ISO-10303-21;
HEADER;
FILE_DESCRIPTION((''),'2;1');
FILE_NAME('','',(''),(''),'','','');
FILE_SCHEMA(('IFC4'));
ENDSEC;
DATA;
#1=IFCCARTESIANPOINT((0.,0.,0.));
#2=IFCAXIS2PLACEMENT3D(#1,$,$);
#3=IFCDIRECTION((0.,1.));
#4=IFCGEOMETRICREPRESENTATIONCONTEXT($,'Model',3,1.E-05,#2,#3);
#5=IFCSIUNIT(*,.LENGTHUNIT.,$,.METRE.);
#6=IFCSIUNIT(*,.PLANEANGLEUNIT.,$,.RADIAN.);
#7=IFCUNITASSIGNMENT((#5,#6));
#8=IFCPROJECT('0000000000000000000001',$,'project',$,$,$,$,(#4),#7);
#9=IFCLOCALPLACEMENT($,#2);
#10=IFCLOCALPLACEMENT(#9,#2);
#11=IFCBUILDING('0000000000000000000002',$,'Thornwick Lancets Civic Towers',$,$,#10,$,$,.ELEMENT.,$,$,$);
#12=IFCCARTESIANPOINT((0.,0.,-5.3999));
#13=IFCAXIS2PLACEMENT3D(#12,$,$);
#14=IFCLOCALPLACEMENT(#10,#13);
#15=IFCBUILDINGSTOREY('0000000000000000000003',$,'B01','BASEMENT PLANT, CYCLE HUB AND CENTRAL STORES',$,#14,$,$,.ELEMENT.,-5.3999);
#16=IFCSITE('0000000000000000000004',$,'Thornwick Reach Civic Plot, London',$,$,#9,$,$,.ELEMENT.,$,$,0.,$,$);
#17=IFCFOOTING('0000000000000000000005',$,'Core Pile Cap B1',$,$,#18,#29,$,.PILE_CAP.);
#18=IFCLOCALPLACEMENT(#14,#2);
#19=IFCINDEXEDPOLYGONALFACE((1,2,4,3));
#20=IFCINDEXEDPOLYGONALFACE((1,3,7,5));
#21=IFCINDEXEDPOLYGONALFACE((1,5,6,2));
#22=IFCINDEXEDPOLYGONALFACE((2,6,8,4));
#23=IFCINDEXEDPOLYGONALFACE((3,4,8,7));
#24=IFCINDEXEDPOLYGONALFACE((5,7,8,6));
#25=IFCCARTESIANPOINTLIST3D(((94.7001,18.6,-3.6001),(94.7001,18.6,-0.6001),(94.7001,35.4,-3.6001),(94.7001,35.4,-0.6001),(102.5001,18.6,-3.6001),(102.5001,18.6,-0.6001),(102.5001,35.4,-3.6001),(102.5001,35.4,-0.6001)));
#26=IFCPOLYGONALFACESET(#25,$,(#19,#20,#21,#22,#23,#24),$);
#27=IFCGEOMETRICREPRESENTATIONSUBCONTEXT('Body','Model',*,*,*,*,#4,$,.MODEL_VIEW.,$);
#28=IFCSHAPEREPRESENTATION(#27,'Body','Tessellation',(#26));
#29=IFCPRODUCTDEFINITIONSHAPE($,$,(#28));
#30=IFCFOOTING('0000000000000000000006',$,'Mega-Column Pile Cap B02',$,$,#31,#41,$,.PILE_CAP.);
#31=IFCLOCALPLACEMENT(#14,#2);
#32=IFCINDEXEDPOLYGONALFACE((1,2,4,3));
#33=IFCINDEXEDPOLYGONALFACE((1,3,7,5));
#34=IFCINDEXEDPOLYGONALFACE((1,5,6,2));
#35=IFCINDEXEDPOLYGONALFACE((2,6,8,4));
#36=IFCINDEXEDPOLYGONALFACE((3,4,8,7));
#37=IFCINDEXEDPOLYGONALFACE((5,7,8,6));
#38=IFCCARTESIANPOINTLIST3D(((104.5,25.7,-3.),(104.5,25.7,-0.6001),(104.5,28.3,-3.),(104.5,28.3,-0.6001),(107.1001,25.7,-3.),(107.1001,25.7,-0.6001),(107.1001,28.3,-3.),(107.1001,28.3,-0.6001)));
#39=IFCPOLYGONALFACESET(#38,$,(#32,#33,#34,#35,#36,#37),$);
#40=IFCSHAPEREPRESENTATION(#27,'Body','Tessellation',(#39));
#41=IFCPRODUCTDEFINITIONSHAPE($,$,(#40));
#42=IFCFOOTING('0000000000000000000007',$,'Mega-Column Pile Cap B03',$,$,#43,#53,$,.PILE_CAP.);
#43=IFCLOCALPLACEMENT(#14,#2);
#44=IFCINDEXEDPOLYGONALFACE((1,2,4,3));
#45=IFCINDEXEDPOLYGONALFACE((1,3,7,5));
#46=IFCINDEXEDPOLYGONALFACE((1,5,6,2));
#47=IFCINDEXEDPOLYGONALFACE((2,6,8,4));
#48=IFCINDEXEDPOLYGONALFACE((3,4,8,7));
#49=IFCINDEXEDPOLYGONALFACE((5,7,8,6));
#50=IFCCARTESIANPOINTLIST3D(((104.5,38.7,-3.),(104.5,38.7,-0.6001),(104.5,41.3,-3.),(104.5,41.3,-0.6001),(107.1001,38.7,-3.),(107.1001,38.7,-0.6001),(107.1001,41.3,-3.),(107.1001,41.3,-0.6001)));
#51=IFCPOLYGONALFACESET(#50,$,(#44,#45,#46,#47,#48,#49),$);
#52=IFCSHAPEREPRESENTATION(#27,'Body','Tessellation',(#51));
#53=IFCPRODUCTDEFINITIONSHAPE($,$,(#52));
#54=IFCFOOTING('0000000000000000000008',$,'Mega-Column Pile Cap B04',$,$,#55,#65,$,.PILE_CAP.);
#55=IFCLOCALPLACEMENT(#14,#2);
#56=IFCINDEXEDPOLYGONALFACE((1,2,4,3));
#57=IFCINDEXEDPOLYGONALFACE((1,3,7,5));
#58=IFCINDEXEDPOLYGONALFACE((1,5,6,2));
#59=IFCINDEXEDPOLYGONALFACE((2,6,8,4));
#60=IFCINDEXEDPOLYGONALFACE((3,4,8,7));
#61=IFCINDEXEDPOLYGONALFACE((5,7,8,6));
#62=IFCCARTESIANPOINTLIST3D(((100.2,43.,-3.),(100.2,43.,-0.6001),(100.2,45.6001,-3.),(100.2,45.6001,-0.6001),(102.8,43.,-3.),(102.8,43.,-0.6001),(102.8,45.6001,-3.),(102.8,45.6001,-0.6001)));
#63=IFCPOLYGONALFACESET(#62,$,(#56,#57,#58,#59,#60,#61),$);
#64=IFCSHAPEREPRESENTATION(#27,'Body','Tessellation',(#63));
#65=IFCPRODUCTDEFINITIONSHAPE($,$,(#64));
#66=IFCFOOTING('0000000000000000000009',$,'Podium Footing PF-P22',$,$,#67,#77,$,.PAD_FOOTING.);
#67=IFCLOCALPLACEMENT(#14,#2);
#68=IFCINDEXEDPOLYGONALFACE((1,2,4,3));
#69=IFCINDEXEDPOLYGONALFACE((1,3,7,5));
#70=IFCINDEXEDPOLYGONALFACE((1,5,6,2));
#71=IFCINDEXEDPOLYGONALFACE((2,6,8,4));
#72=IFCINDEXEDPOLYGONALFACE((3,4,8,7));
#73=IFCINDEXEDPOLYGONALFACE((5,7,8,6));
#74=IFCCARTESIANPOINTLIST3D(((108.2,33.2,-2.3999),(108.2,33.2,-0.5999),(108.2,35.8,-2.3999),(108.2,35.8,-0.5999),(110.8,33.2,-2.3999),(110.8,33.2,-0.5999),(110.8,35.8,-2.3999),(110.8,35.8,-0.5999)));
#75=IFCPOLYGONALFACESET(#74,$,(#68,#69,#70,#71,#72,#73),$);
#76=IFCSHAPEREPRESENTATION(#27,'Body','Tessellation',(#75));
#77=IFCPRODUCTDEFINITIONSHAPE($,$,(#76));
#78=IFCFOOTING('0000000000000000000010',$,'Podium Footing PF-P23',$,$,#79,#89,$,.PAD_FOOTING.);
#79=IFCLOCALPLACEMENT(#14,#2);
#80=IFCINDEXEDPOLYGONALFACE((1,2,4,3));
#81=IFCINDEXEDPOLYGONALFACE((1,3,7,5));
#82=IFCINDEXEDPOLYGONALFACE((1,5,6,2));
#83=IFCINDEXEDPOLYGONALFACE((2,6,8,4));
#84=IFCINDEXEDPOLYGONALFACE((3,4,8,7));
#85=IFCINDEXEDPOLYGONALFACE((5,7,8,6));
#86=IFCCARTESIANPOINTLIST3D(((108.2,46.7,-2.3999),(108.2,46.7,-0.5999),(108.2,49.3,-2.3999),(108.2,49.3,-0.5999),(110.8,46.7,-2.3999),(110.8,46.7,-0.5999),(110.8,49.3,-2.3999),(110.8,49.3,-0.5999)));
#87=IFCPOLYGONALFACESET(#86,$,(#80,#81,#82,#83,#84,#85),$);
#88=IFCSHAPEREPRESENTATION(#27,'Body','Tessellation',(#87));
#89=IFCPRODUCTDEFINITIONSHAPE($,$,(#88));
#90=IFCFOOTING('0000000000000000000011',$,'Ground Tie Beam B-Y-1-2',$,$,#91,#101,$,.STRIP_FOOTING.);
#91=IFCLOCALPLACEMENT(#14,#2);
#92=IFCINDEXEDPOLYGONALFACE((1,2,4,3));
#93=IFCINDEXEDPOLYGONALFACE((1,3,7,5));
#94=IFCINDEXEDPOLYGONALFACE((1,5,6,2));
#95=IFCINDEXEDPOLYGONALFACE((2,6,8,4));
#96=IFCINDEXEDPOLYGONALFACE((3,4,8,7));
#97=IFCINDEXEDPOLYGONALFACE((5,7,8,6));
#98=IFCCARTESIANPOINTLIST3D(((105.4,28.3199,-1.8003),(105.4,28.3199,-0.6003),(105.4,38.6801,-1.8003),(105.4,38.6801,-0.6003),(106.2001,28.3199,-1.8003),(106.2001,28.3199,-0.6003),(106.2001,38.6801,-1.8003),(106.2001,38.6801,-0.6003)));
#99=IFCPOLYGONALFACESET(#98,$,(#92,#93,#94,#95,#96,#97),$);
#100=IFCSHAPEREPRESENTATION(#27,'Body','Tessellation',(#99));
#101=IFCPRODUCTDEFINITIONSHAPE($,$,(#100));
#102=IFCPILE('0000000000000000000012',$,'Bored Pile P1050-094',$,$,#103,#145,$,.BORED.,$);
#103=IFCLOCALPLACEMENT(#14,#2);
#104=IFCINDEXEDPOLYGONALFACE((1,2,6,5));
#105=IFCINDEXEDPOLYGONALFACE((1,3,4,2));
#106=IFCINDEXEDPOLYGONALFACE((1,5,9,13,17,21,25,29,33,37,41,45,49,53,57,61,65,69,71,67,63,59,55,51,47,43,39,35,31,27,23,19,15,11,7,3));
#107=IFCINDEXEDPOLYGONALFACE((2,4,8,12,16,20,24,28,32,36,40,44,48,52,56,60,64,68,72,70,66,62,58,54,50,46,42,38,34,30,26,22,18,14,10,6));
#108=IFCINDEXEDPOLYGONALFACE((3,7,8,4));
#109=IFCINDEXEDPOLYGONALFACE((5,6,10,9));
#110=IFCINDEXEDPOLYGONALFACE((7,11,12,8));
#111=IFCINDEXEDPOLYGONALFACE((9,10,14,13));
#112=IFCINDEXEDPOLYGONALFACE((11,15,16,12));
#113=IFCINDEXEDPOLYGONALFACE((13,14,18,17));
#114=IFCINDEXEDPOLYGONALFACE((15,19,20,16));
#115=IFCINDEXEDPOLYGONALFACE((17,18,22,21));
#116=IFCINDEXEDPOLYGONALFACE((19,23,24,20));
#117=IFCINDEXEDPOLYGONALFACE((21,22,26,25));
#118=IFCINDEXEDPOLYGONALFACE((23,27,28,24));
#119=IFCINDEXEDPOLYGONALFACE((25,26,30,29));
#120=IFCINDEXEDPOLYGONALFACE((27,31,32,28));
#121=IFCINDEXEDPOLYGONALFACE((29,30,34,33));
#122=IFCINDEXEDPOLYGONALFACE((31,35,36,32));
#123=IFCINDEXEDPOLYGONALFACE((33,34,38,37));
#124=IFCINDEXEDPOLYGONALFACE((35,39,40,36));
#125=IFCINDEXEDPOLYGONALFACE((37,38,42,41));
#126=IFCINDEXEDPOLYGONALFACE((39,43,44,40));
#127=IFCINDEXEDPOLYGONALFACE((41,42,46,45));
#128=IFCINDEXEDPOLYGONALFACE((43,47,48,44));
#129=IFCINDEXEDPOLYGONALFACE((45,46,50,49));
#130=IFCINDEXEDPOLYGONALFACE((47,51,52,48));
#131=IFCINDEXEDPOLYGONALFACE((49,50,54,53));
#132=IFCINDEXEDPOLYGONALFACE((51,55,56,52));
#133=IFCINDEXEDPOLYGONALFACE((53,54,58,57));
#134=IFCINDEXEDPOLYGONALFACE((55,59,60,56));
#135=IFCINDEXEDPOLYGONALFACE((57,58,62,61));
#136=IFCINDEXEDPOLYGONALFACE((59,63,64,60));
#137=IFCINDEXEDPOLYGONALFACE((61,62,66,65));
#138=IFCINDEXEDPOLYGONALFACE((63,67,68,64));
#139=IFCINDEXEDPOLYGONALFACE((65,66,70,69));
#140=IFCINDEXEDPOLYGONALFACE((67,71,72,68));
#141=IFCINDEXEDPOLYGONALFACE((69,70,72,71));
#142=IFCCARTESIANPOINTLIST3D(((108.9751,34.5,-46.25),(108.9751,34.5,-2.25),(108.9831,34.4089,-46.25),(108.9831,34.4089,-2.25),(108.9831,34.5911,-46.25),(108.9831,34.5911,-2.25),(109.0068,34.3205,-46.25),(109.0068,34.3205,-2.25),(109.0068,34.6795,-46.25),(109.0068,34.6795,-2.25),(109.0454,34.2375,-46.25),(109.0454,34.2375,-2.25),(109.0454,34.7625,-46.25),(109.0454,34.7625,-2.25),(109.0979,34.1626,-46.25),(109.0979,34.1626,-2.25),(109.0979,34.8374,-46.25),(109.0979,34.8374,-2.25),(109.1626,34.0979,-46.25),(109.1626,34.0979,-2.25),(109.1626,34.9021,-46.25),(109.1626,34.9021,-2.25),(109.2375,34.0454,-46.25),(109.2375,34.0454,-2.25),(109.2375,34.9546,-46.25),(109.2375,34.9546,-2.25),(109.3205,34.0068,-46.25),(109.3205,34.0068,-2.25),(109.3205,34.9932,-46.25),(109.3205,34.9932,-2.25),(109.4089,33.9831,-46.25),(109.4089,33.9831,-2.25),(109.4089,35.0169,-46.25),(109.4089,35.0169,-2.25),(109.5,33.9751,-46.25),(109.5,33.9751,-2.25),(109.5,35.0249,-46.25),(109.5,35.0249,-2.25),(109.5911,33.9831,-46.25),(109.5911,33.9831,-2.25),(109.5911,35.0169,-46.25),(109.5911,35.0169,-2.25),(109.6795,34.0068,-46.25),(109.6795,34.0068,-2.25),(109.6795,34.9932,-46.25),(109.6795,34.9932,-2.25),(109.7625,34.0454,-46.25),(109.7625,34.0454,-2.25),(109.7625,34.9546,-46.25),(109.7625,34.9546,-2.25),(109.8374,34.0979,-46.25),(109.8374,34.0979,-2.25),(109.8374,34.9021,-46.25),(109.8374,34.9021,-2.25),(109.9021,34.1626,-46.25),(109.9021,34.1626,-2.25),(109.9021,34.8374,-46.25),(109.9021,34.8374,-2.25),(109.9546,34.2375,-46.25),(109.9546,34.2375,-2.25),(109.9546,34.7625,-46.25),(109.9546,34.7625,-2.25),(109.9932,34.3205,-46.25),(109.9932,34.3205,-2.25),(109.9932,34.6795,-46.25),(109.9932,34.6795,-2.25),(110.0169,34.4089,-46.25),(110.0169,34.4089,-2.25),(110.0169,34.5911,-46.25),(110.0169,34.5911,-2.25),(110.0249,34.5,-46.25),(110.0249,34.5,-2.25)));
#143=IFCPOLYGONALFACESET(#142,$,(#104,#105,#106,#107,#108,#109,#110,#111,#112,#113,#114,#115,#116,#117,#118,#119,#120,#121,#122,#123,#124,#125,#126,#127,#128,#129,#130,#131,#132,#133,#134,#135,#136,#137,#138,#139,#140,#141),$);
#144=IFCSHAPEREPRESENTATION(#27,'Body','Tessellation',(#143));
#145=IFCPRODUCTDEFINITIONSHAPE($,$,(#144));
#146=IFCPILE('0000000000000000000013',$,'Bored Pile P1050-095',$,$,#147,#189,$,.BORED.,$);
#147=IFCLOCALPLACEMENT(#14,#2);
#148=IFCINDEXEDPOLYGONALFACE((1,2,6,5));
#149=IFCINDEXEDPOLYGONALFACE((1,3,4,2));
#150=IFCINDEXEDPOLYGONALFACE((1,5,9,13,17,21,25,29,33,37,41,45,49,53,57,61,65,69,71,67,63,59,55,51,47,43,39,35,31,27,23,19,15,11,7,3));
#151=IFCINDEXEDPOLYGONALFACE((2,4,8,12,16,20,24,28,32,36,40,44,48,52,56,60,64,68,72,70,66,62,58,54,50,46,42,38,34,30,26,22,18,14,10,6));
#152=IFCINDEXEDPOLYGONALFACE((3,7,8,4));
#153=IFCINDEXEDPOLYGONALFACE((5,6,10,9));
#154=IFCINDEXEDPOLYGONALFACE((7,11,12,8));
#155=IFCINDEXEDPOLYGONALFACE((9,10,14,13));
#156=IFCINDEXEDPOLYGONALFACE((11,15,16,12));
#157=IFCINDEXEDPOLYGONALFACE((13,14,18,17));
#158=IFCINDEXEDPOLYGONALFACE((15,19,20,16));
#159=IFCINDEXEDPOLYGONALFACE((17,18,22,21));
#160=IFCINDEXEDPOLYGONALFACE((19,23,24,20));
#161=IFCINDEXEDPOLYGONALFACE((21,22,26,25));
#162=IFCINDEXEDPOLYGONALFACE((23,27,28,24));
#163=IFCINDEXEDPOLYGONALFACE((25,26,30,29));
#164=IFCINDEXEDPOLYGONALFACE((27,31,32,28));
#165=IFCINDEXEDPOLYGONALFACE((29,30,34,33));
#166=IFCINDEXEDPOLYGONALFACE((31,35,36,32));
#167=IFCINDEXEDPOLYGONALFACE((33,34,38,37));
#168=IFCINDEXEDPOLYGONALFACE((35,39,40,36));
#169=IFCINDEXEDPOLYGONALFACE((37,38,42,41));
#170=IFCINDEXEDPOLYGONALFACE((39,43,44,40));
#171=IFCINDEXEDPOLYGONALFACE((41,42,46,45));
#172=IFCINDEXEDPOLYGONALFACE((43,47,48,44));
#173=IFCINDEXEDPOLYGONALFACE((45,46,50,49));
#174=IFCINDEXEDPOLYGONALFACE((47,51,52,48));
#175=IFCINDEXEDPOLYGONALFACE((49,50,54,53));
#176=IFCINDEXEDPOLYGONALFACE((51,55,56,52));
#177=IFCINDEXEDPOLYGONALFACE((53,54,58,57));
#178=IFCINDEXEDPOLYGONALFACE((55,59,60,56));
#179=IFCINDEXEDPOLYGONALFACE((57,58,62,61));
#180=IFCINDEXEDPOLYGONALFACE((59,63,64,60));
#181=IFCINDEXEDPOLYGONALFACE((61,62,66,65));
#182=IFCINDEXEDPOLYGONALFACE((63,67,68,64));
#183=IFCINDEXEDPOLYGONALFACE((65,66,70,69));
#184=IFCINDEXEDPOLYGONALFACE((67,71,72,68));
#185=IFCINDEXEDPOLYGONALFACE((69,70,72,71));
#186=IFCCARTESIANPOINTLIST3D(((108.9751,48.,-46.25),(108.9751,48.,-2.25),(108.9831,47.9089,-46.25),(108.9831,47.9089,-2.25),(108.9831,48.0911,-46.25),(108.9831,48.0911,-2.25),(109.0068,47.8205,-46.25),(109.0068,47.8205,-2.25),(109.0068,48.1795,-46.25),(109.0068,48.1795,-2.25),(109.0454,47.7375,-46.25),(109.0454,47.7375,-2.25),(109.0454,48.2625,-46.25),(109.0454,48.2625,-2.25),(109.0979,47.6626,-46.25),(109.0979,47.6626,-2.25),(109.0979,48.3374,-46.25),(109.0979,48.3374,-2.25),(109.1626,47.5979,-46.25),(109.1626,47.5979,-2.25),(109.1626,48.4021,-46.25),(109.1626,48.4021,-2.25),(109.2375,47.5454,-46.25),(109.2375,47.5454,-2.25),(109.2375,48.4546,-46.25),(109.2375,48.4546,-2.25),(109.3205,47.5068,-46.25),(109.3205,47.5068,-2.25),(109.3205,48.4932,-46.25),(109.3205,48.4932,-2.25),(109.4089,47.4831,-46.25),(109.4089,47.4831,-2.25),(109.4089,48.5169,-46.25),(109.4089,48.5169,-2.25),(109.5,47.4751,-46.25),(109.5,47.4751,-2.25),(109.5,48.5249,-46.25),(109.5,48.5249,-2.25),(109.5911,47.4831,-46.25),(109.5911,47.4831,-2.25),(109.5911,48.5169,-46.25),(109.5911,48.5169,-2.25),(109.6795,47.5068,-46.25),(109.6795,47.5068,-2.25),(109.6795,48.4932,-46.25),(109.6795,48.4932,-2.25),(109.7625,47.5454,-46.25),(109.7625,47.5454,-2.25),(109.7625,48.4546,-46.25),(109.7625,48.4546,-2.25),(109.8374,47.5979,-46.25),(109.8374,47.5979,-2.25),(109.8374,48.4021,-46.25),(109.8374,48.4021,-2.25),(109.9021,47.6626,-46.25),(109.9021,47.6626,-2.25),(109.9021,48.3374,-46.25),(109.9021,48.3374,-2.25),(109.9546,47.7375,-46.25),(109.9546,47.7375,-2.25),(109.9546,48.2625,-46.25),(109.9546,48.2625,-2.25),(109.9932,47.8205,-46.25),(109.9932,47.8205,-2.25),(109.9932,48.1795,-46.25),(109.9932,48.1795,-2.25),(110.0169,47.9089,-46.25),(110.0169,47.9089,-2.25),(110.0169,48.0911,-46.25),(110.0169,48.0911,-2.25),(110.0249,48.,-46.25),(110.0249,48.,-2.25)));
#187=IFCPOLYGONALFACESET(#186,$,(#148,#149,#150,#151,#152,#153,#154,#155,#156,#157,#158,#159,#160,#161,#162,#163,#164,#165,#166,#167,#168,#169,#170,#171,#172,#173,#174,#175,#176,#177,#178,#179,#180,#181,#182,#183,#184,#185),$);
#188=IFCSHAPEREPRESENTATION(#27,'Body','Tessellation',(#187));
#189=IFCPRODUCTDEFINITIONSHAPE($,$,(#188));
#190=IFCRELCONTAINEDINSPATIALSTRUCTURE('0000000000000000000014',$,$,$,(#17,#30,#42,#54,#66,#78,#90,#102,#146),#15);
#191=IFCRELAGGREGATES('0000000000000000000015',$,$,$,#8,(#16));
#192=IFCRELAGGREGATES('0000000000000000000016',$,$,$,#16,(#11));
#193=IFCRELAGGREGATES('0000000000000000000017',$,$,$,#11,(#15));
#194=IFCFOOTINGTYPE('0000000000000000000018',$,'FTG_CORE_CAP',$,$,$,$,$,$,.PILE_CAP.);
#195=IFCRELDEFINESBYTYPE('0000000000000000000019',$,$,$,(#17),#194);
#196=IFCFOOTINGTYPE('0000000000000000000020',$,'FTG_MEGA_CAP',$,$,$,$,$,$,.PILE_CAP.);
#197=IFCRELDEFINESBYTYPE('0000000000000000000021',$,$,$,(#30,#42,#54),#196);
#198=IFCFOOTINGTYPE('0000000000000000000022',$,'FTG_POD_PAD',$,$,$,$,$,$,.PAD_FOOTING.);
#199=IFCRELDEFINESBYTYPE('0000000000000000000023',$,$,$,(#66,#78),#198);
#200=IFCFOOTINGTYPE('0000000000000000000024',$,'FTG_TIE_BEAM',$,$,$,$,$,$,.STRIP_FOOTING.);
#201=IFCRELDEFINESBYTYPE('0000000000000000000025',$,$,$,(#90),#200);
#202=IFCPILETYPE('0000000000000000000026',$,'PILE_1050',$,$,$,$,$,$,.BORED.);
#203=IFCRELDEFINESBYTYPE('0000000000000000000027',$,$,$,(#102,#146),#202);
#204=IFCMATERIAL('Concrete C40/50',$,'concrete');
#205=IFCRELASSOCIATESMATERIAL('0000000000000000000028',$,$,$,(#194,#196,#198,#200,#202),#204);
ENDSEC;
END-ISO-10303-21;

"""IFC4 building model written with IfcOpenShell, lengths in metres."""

from ifc_helpers import new_model, si_unit, direction, frame, origin, origin_2d, place, context, subcontext, project, spatial, rectangle, circle, extrude, material, material_profile, profile_set, type_object, element, save


model = new_model("IFC4")

# Units and contexts
model_context = context("Model", 3, precision=1e-05, world=origin(), true_north=direction((0.0, 1.0)))
body_context = subcontext(model_context, "Body", "Model", "MODEL_VIEW")
ifc_project = project(units=[si_unit("LENGTHUNIT", "METRE"), si_unit("PLANEANGLEUNIT", "RADIAN")], contexts=[model_context])

# Site, building, storey
site_placement = place(None, origin())
site = spatial("IfcSite", under=ifc_project, at=site_placement, Name="Thornwick Reach Civic Plot, London", CompositionType="ELEMENT", RefElevation=0.0)
building_placement = place(site_placement, origin())
building = spatial("IfcBuilding", under=site, at=building_placement, Name="Thornwick Lancets Civic Towers", CompositionType="ELEMENT")
storey_placement = place(building_placement, frame((0.0, 0.0, -5.3999)))
storey = spatial("IfcBuildingStorey", under=building, at=storey_placement, Name="B01", Description="BASEMENT PLANT, CYCLE HUB AND CENTRAL STORES", CompositionType="ELEMENT", Elevation=-5.3999)

# Footings
ifc_material_1 = material(Name="Concrete C40/50", Category="concrete")
footing_type_1 = type_object("IfcFootingType", Name="FTG_CORE_CAP", PredefinedType="PILE_CAP", material=ifc_material_1)
footing_1_placement = place(storey_placement, frame((98.6001, 27.0, -3.6001), z_axis=(0.0, 0.0, 1.0), x_axis=(1.0, 0.0, 0.0)))
element("IfcFooting", 1, at=footing_1_placement, inside=storey, type_object=footing_type_1, Name="Core Pile Cap B1", PredefinedType="PILE_CAP", context=body_context, shape_type="SweptSolid", body=[
    extrude(rectangle(XDim=7.8, YDim=16.8, at=origin_2d()), origin(), (0.0, 0.0, 1.0), 3.0),
])
footing_type_2 = type_object("IfcFootingType", Name="FTG_MEGA_CAP", PredefinedType="PILE_CAP", material=ifc_material_1)
for number, where, z_axis, x_axis, name in (
    (2, (105.8, 27.0, -3.0), (0.0, 0.0, 1.0), (1.0, 0.0, 0.0), "Mega-Column Pile Cap B02"),
    (3, (105.8, 40.0, -3.0), (0.0, 0.0, 1.0), (1.0, 0.0, 0.0), "Mega-Column Pile Cap B03"),
    (4, (101.5, 44.3, -3.0), (0.0, 0.0, 1.0), (1.0, 0.0, 0.0), "Mega-Column Pile Cap B04"),
):
    element("IfcFooting", number, at=place(storey_placement, frame(where, z_axis=z_axis, x_axis=x_axis)), inside=storey, type_object=footing_type_2, Name=name, PredefinedType="PILE_CAP", context=body_context, shape_type="SweptSolid", body=[
        extrude(rectangle(XDim=2.6001, YDim=2.6001, at=origin_2d()), origin(), (0.0, 0.0, 1.0), 2.3999),
    ])
footing_type_3 = type_object("IfcFootingType", Name="FTG_POD_PAD", PredefinedType="PAD_FOOTING", material=ifc_material_1)
for number, where, z_axis, x_axis, name in (
    (5, (109.5, 34.5, -2.3999), (0.0, 0.0, 1.0), (1.0, 0.0, 0.0), "Podium Footing PF-P22"),
    (6, (109.5, 48.0, -2.3999), (0.0, 0.0, 1.0), (1.0, 0.0, 0.0), "Podium Footing PF-P23"),
):
    element("IfcFooting", number, at=place(storey_placement, frame(where, z_axis=z_axis, x_axis=x_axis)), inside=storey, type_object=footing_type_3, Name=name, PredefinedType="PAD_FOOTING", context=body_context, shape_type="SweptSolid", body=[
        extrude(rectangle(XDim=2.6001, YDim=2.6001, at=origin_2d()), origin(), (0.0, 0.0, 1.0), 1.8),
    ])
footing_type_4 = type_object("IfcFootingType", Name="FTG_TIE_BEAM", PredefinedType="STRIP_FOOTING", material=ifc_material_1)
footing_2_placement = place(storey_placement, frame((105.8, 33.5, -1.8003), z_axis=(0.0, 0.0, 1.0), x_axis=(1.0, 0.0, 0.0)))
element("IfcFooting", 7, at=footing_2_placement, inside=storey, type_object=footing_type_4, Name="Ground Tie Beam B-Y-1-2", PredefinedType="STRIP_FOOTING", context=body_context, shape_type="SweptSolid", body=[
    extrude(rectangle(XDim=0.8, YDim=10.3601, at=origin_2d()), origin(), (0.0, 0.0, 1.0), 1.2),
])

# Piles
ifc_material_profile_1 = material_profile(ifc_material_1, circle(Radius=0.5249, at=origin_2d()), Name="PILE D1050")
ifc_profile_set_1 = profile_set([ifc_material_profile_1], Name="Concrete C40/50")
pile_type_1 = type_object("IfcPileType", Name="PILE_1050", PredefinedType="BORED", material=ifc_profile_set_1)
for number, where, z_axis, x_axis, name in (
    (8, (109.5, 34.5, -2.25), (0.0, 0.0, -1.0), (1.0, 0.0, 0.0), "Bored Pile P1050-094"),
    (9, (109.5, 48.0, -2.25), (0.0, 0.0, -1.0), (1.0, 0.0, 0.0), "Bored Pile P1050-095"),
):
    element("IfcPile", number, at=place(storey_placement, frame(where, z_axis=z_axis, x_axis=x_axis)), inside=storey, type_object=pile_type_1, Name=name, PredefinedType="BORED", context=body_context, shape_type="SweptSolid", body=[
        extrude(circle(Radius=0.5249, at=origin_2d()), origin(), (0.0, 0.0, 1.0), 44.0),
    ])

save(model, "model.ifc")
